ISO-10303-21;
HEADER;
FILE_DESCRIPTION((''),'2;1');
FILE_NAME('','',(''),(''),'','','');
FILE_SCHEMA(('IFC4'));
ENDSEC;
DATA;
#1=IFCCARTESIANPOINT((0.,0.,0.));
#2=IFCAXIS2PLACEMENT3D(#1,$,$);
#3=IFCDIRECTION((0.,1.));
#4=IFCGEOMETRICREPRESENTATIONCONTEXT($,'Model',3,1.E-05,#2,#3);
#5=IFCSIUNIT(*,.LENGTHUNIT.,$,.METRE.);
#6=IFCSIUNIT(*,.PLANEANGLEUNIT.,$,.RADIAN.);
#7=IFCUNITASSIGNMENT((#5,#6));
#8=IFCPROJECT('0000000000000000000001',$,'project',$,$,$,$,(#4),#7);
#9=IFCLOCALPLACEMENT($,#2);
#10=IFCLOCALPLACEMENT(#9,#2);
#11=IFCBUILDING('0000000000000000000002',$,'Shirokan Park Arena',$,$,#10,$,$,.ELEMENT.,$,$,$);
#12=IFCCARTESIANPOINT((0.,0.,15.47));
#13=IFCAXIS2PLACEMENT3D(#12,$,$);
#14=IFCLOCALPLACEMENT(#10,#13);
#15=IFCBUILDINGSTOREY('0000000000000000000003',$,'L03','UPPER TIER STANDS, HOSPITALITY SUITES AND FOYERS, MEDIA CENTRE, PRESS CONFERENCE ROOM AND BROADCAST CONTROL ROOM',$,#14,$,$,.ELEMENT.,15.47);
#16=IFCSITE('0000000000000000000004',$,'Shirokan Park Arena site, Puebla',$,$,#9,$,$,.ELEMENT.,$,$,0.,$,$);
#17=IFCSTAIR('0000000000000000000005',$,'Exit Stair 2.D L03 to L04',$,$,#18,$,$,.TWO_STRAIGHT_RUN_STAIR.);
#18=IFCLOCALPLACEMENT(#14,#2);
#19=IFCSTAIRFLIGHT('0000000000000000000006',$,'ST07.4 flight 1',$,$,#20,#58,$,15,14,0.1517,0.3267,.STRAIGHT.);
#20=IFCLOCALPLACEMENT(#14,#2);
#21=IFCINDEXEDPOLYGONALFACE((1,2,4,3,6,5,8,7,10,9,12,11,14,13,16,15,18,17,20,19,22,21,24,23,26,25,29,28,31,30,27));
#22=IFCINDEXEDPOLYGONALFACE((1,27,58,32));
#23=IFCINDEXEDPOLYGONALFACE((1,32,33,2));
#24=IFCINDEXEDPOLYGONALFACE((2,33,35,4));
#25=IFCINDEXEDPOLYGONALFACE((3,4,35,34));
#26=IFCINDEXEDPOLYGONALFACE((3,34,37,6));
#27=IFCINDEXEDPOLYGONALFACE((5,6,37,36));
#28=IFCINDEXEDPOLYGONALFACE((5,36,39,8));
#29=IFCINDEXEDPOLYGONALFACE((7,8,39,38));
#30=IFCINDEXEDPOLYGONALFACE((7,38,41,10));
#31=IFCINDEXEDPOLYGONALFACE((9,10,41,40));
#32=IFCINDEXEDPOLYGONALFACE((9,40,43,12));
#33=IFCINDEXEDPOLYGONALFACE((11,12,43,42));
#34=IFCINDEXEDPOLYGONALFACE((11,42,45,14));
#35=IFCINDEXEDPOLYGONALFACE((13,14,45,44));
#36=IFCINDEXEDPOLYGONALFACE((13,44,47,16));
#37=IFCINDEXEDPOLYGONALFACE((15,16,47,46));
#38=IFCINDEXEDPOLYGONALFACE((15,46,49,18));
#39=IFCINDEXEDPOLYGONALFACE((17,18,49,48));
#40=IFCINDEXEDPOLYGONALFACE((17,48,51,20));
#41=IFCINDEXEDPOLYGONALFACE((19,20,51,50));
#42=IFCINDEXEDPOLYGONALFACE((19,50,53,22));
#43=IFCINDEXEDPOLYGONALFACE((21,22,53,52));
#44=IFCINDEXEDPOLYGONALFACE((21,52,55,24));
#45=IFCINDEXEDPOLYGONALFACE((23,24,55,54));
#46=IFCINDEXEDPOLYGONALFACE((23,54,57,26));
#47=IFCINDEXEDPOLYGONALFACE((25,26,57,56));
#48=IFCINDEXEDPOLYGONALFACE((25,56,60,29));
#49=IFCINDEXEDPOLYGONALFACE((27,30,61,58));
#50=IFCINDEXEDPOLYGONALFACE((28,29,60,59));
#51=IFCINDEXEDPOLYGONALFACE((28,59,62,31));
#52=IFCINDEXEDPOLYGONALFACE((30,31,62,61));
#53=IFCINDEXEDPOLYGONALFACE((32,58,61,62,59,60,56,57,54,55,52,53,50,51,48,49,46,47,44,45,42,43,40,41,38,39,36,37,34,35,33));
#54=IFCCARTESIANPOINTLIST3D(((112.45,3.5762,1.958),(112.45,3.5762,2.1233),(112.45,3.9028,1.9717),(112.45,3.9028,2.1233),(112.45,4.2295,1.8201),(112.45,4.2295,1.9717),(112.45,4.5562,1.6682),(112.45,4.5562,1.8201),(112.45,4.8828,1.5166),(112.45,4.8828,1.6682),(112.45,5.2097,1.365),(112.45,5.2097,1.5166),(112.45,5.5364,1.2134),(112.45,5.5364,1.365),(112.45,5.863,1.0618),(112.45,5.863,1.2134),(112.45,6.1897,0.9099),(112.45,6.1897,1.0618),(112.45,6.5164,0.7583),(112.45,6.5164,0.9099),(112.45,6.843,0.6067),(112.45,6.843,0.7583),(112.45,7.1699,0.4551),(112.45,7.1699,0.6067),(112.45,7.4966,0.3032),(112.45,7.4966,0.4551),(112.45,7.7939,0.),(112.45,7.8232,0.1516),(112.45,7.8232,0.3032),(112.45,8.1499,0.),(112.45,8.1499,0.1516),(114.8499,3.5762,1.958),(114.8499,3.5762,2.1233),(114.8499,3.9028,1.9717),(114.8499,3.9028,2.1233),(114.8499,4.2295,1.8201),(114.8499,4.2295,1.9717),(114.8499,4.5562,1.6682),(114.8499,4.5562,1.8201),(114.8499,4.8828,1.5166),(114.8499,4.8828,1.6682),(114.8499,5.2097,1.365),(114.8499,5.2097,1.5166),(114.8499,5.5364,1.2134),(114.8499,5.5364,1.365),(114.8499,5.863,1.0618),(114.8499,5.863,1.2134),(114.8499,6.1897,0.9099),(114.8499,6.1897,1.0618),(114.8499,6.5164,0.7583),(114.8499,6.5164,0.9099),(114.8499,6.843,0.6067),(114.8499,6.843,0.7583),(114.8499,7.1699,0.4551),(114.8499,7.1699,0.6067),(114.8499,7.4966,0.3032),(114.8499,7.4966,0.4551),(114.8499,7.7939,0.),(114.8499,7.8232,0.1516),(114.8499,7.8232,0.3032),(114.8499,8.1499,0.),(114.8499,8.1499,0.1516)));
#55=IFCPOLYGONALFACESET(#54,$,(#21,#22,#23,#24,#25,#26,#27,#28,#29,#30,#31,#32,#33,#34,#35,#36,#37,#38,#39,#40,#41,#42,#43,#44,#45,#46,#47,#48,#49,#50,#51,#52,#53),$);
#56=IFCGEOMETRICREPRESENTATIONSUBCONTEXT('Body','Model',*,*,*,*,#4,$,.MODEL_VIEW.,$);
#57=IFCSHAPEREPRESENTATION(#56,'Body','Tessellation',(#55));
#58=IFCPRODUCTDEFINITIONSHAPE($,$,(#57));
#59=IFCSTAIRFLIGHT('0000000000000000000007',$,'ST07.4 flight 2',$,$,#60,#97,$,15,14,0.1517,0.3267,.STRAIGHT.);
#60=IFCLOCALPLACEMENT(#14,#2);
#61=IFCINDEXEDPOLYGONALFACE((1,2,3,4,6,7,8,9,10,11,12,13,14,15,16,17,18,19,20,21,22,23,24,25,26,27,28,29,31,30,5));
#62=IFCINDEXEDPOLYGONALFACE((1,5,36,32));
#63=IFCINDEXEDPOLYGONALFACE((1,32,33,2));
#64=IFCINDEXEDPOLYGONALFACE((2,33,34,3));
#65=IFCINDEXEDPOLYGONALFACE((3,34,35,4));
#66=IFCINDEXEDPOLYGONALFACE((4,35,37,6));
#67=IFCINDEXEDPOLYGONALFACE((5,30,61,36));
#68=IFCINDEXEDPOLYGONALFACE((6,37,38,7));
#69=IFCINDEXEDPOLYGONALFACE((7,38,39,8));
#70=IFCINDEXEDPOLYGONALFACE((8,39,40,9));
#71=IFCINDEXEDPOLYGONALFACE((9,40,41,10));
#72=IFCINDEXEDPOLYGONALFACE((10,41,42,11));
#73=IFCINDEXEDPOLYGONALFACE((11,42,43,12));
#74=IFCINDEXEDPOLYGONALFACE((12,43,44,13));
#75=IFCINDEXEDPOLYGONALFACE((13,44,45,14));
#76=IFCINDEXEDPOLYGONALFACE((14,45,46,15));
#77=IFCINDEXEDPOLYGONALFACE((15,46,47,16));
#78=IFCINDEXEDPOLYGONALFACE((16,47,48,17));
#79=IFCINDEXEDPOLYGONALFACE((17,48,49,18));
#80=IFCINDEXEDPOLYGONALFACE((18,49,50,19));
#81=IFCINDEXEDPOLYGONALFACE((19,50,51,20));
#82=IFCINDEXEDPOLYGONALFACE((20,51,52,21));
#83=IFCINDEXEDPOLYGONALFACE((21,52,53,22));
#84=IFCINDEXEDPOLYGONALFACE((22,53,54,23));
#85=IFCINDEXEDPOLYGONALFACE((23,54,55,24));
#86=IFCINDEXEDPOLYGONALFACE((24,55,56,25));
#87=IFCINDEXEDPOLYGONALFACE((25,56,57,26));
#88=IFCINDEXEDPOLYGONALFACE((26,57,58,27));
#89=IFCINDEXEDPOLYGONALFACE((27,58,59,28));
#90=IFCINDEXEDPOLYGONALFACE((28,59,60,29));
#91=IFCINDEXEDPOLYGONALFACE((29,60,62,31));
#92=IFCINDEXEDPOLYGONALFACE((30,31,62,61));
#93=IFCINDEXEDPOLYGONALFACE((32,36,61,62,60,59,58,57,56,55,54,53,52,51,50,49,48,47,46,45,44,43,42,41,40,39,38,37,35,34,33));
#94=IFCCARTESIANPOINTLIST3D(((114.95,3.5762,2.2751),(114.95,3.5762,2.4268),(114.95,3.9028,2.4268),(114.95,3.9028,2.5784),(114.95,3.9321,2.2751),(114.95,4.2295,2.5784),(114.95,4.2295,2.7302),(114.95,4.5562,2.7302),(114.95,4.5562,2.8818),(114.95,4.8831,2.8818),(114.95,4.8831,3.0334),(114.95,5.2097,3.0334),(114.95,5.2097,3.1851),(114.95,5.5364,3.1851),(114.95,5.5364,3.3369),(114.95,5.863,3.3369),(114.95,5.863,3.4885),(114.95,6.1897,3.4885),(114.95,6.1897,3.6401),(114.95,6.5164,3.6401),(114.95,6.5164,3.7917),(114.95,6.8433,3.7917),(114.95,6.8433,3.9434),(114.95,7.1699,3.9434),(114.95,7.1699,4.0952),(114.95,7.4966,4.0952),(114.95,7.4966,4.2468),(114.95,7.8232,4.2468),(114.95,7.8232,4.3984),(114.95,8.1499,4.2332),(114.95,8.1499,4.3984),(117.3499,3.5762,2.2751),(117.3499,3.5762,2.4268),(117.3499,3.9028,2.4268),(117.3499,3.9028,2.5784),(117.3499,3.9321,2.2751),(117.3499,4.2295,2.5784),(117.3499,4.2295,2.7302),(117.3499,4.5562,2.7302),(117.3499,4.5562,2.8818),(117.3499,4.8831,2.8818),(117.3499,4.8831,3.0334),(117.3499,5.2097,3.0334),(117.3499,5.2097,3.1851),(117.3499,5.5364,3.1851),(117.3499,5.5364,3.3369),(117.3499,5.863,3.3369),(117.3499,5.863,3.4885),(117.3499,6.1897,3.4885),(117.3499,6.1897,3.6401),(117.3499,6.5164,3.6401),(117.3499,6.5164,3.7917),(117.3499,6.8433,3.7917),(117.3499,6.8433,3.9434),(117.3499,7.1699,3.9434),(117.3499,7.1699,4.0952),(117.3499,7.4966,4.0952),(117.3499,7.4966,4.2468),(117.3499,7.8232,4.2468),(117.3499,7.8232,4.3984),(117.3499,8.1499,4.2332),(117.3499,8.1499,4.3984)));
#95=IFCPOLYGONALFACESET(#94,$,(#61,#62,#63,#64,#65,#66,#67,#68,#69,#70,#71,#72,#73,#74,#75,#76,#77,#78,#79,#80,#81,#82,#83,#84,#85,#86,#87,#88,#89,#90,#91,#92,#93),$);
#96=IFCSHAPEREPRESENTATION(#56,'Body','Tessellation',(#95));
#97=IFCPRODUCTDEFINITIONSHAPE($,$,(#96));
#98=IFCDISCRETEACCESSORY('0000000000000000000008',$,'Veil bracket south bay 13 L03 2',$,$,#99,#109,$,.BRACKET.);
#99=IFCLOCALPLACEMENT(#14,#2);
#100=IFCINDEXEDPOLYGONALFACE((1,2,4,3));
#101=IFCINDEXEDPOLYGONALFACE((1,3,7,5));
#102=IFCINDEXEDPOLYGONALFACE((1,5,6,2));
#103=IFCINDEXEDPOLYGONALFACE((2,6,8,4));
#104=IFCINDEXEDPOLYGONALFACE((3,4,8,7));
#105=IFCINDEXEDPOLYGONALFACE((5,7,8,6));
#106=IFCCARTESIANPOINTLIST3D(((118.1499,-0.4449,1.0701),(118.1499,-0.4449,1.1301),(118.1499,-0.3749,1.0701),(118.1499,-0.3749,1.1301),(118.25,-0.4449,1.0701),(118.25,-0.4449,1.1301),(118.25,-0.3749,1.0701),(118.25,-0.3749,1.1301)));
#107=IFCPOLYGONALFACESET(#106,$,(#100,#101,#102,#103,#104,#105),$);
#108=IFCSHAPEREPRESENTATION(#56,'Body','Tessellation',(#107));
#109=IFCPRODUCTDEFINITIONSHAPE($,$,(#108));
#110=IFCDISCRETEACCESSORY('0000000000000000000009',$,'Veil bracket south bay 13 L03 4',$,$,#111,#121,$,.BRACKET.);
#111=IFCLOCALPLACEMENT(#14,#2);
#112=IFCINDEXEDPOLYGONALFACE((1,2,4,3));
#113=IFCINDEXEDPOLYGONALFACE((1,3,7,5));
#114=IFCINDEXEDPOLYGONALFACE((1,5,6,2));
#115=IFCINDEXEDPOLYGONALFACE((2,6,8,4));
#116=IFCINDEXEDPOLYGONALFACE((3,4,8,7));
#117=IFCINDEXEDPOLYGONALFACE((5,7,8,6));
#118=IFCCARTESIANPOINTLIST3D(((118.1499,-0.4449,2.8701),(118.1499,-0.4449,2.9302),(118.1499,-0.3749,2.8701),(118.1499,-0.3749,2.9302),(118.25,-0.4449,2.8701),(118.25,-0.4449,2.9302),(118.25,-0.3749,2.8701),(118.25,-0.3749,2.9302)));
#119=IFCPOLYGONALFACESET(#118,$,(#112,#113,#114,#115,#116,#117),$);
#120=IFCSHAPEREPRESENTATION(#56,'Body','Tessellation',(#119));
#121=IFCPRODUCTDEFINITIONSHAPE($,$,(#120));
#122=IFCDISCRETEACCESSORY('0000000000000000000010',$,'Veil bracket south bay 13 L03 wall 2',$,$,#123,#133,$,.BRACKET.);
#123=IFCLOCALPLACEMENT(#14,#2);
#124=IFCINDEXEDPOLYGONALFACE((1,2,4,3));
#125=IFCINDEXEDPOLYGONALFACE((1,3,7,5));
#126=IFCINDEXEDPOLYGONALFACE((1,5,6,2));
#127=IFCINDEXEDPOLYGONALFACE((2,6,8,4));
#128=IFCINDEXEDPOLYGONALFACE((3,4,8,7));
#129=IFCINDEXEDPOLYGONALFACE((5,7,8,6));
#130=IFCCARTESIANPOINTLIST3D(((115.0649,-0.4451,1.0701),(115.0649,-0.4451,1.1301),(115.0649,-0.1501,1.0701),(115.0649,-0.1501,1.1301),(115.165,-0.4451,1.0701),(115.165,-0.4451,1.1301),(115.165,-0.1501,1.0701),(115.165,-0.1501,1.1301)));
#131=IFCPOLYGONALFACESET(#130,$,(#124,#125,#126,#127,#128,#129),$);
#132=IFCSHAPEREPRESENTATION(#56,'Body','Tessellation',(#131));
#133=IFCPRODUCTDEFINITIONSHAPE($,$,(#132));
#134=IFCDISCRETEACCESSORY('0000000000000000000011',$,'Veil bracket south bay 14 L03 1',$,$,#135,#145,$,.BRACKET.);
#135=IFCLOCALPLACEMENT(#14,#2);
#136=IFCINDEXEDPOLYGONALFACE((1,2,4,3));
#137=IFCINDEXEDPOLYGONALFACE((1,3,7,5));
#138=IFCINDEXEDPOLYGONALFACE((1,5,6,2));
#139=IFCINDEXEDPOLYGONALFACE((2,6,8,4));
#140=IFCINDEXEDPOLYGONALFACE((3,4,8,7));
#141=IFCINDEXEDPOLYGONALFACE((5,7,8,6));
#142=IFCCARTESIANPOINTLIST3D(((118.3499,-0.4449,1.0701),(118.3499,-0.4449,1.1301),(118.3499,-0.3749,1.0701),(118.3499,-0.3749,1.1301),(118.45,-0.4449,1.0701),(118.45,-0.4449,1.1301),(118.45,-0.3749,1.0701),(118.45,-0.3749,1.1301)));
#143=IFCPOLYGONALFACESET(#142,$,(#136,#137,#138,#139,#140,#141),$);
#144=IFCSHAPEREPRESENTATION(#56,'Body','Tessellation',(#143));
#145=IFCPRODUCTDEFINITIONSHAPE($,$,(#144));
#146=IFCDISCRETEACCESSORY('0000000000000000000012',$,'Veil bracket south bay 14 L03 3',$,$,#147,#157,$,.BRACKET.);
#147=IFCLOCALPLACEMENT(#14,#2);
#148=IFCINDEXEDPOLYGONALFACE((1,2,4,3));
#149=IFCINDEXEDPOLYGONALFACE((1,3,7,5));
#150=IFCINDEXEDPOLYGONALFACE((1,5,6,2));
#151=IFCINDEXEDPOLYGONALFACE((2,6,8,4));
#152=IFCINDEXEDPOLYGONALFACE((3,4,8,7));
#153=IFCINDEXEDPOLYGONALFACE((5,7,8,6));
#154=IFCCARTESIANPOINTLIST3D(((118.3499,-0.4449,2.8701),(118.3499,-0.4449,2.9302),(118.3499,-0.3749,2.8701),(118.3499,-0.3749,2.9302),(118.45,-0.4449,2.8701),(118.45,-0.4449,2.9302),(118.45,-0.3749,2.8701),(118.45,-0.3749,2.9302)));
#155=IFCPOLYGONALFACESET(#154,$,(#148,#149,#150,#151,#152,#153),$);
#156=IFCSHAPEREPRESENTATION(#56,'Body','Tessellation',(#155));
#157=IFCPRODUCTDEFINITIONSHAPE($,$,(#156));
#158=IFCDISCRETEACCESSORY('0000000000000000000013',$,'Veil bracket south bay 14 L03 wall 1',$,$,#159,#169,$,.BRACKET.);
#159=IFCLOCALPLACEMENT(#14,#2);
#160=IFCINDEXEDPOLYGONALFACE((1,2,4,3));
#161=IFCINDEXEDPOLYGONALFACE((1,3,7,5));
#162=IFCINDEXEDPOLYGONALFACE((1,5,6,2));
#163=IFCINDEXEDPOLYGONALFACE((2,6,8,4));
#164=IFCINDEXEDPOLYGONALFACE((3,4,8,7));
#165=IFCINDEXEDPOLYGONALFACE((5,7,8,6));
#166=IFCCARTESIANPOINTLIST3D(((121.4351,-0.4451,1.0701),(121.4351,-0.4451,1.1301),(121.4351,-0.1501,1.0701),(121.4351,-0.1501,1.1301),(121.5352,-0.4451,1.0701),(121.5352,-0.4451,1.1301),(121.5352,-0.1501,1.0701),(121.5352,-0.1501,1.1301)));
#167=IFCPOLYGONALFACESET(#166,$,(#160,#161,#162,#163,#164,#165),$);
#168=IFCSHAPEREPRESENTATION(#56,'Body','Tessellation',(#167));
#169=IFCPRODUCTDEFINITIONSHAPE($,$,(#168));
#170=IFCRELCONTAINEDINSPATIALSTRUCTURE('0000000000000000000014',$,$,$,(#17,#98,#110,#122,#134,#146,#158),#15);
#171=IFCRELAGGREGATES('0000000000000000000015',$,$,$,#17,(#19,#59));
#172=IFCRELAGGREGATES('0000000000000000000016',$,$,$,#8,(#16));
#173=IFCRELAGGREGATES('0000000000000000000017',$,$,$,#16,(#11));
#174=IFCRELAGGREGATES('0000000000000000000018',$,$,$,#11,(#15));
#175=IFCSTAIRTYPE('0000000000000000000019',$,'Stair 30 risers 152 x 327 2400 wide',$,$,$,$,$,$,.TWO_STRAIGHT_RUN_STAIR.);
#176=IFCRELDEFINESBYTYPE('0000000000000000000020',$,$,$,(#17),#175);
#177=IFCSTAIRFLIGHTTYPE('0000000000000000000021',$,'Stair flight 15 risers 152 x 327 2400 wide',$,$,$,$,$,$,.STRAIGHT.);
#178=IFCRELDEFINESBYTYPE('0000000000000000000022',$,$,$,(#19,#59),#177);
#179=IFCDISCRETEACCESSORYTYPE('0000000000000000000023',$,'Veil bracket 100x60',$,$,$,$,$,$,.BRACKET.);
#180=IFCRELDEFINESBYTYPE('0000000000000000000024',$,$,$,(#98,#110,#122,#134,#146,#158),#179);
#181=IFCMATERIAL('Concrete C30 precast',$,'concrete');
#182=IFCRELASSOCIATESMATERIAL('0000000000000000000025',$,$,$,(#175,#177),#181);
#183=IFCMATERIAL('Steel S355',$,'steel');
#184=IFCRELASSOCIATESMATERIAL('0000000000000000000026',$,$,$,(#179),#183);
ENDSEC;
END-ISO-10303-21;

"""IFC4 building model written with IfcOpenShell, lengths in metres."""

from ifc_helpers import new_model, si_unit, direction, frame, origin, origin_2d, place, context, subcontext, project, spatial, polyline, rectangle, outline, extrude, material, type_object, element, aggregate, save


model = new_model("IFC4")

# Units and contexts
model_context = context("Model", 3, precision=1e-05, world=origin(), true_north=direction((0.0, 1.0)))
body_context = subcontext(model_context, "Body", "Model", "MODEL_VIEW")
ifc_project = project(units=[si_unit("LENGTHUNIT", "METRE"), si_unit("PLANEANGLEUNIT", "RADIAN")], contexts=[model_context])

# Site, building, storey
site_placement = place(None, origin())
site = spatial("IfcSite", under=ifc_project, at=site_placement, Name="Shirokan Park Arena site, Puebla", CompositionType="ELEMENT", RefElevation=0.0)
building_placement = place(site_placement, origin())
building = spatial("IfcBuilding", under=site, at=building_placement, Name="Shirokan Park Arena", CompositionType="ELEMENT")
storey_placement = place(building_placement, frame((0.0, 0.0, 15.47)))
storey = spatial("IfcBuildingStorey", under=building, at=storey_placement, Name="L03", Description="UPPER TIER STANDS, HOSPITALITY SUITES AND FOYERS, MEDIA CENTRE, PRESS CONFERENCE ROOM AND BROADCAST CONTROL ROOM", CompositionType="ELEMENT", Elevation=15.47)

# Shared definitions
ifc_material_1 = material(Name="Concrete C30 precast", Category="concrete")
stair_type = type_object("IfcStairType", Name="Stair 30 risers 152 x 327 2400 wide", PredefinedType="TWO_STRAIGHT_RUN_STAIR", material=ifc_material_1)
stair_flight_type = type_object("IfcStairFlightType", Name="Stair flight 15 risers 152 x 327 2400 wide", PredefinedType="STRAIGHT", material=ifc_material_1)

# Stair, stair flights
stair_1_placement = place(storey_placement, origin())
stair_1 = element("IfcStair", 1, at=stair_1_placement, inside=storey, type_object=stair_type, Name="Exit Stair 2.D L03 to L04", PredefinedType="TWO_STRAIGHT_RUN_STAIR")
stair_flight_1_placement = place(storey_placement, frame((113.6499, 8.1499, 0.0), z_axis=(0.0, 0.0, 1.0), x_axis=(0.0, -1.0, 0.0)))
stair_flight_1 = element("IfcStairFlight", 2, at=stair_flight_1_placement, type_object=stair_flight_type, Name="ST07.4 flight 1", NumberOfRisers=15, NumberOfTreads=14, PredefinedType="STRAIGHT", RiserHeight=0.1517, TreadLength=0.3267, context=body_context, shape_type="SweptSolid", body=[
    extrude(outline(polyline([(0.0, 0.0), (0.0, 0.1516), (0.3267, 0.1516), (0.3267, 0.3032), (0.6533, 0.3032), (0.6533, 0.4551), (0.98, 0.4551), (0.98, 0.6067), (1.3069, 0.6067), (1.3069, 0.7583), (1.6335, 0.7583), (1.6335, 0.9099), (1.9602, 0.9099), (1.9602, 1.0618), (2.2869, 1.0618), (2.2869, 1.2134), (2.6135, 1.2134), (2.6135, 1.365), (2.9402, 1.365), (2.9402, 1.5166), (3.2671, 1.5166), (3.2671, 1.6682), (3.5938, 1.6682), (3.5938, 1.8201), (3.9204, 1.8201), (3.9204, 1.9717), (4.2471, 1.9717), (4.2471, 2.1233), (4.5737, 2.1233), (4.5737, 2.2749), (4.5737, 1.958), (0.356, 0.0), (0.0, 0.0)])), frame((0.0, 1.2, 0.0), z_axis=(0.0, -1.0, 0.0), x_axis=(1.0, 0.0, 0.0)), (0.0, 0.0, 1.0), 2.3999),
])
stair_flight_2_placement = place(storey_placement, frame((116.1499, 3.5762, 2.2751), z_axis=(0.0, 0.0, 1.0), x_axis=(0.0, 1.0, 0.0)))
stair_flight_2 = element("IfcStairFlight", 3, at=stair_flight_2_placement, type_object=stair_flight_type, Name="ST07.4 flight 2", NumberOfRisers=15, NumberOfTreads=14, PredefinedType="STRAIGHT", RiserHeight=0.1517, TreadLength=0.3267, context=body_context, shape_type="SweptSolid", body=[
    extrude(outline(polyline([(0.0, 0.0), (0.0, 0.1516), (0.3267, 0.1516), (0.3267, 0.3032), (0.6533, 0.3032), (0.6533, 0.4551), (0.98, 0.4551), (0.98, 0.6067), (1.3069, 0.6067), (1.3069, 0.7583), (1.6335, 0.7583), (1.6335, 0.9099), (1.9602, 0.9099), (1.9602, 1.0618), (2.2869, 1.0618), (2.2869, 1.2134), (2.6135, 1.2134), (2.6135, 1.365), (2.9402, 1.365), (2.9402, 1.5166), (3.2671, 1.5166), (3.2671, 1.6682), (3.5938, 1.6682), (3.5938, 1.8201), (3.9204, 1.8201), (3.9204, 1.9717), (4.2471, 1.9717), (4.2471, 2.1233), (4.5737, 2.1233), (4.5737, 2.2749), (4.5737, 1.958), (0.356, 0.0), (0.0, 0.0)])), frame((0.0, 1.2, 0.0), z_axis=(0.0, -1.0, 0.0), x_axis=(1.0, 0.0, 0.0)), (0.0, 0.0, 1.0), 2.3999),
])
aggregate(stair_1, [stair_flight_1, stair_flight_2])

# Discrete accessories
ifc_material_2 = material(Name="Steel S355", Category="steel")
discrete_accessory_type = type_object("IfcDiscreteAccessoryType", Name="Veil bracket 100x60", PredefinedType="BRACKET", material=ifc_material_2)
for number, where, z_axis, x_axis, name in (
    (4, (118.2, -0.4099, 1.0701), (0.0, 0.0, 1.0), (1.0, 0.0, 0.0), "Veil bracket south bay 13 L03 2"),
    (5, (118.2, -0.4099, 2.8701), (0.0, 0.0, 1.0), (1.0, 0.0, 0.0), "Veil bracket south bay 13 L03 4"),
):
    element("IfcDiscreteAccessory", number, at=place(storey_placement, frame(where, z_axis=z_axis, x_axis=x_axis)), inside=storey, type_object=discrete_accessory_type, Name=name, PredefinedType="BRACKET", context=body_context, shape_type="SweptSolid", body=[
        extrude(rectangle(XDim=0.1001, YDim=0.0701, at=origin_2d()), origin(), (0.0, 0.0, 1.0), 0.0601),
    ])
discrete_accessory_1_placement = place(storey_placement, frame((115.115, -0.2976, 1.0701), z_axis=(0.0, 0.0, 1.0), x_axis=(1.0, 0.0, 0.0)))
element("IfcDiscreteAccessory", 6, at=discrete_accessory_1_placement, inside=storey, type_object=discrete_accessory_type, Name="Veil bracket south bay 13 L03 wall 2", PredefinedType="BRACKET", context=body_context, shape_type="SweptSolid", body=[
    extrude(rectangle(XDim=0.1001, YDim=0.2949, at=origin_2d()), origin(), (0.0, 0.0, 1.0), 0.0601),
])
for number, where, z_axis, x_axis, name in (
    (7, (118.3999, -0.4099, 1.0701), (0.0, 0.0, 1.0), (1.0, 0.0, 0.0), "Veil bracket south bay 14 L03 1"),
    (8, (118.3999, -0.4099, 2.8701), (0.0, 0.0, 1.0), (1.0, 0.0, 0.0), "Veil bracket south bay 14 L03 3"),
):
    element("IfcDiscreteAccessory", number, at=place(storey_placement, frame(where, z_axis=z_axis, x_axis=x_axis)), inside=storey, type_object=discrete_accessory_type, Name=name, PredefinedType="BRACKET", context=body_context, shape_type="SweptSolid", body=[
        extrude(rectangle(XDim=0.1001, YDim=0.0701, at=origin_2d()), origin(), (0.0, 0.0, 1.0), 0.0601),
    ])
discrete_accessory_2_placement = place(storey_placement, frame((121.4851, -0.2976, 1.0701), z_axis=(0.0, 0.0, 1.0), x_axis=(1.0, 0.0, 0.0)))
element("IfcDiscreteAccessory", 9, at=discrete_accessory_2_placement, inside=storey, type_object=discrete_accessory_type, Name="Veil bracket south bay 14 L03 wall 1", PredefinedType="BRACKET", context=body_context, shape_type="SweptSolid", body=[
    extrude(rectangle(XDim=0.1001, YDim=0.2949, at=origin_2d()), origin(), (0.0, 0.0, 1.0), 0.0601),
])

save(model, "model.ifc")
